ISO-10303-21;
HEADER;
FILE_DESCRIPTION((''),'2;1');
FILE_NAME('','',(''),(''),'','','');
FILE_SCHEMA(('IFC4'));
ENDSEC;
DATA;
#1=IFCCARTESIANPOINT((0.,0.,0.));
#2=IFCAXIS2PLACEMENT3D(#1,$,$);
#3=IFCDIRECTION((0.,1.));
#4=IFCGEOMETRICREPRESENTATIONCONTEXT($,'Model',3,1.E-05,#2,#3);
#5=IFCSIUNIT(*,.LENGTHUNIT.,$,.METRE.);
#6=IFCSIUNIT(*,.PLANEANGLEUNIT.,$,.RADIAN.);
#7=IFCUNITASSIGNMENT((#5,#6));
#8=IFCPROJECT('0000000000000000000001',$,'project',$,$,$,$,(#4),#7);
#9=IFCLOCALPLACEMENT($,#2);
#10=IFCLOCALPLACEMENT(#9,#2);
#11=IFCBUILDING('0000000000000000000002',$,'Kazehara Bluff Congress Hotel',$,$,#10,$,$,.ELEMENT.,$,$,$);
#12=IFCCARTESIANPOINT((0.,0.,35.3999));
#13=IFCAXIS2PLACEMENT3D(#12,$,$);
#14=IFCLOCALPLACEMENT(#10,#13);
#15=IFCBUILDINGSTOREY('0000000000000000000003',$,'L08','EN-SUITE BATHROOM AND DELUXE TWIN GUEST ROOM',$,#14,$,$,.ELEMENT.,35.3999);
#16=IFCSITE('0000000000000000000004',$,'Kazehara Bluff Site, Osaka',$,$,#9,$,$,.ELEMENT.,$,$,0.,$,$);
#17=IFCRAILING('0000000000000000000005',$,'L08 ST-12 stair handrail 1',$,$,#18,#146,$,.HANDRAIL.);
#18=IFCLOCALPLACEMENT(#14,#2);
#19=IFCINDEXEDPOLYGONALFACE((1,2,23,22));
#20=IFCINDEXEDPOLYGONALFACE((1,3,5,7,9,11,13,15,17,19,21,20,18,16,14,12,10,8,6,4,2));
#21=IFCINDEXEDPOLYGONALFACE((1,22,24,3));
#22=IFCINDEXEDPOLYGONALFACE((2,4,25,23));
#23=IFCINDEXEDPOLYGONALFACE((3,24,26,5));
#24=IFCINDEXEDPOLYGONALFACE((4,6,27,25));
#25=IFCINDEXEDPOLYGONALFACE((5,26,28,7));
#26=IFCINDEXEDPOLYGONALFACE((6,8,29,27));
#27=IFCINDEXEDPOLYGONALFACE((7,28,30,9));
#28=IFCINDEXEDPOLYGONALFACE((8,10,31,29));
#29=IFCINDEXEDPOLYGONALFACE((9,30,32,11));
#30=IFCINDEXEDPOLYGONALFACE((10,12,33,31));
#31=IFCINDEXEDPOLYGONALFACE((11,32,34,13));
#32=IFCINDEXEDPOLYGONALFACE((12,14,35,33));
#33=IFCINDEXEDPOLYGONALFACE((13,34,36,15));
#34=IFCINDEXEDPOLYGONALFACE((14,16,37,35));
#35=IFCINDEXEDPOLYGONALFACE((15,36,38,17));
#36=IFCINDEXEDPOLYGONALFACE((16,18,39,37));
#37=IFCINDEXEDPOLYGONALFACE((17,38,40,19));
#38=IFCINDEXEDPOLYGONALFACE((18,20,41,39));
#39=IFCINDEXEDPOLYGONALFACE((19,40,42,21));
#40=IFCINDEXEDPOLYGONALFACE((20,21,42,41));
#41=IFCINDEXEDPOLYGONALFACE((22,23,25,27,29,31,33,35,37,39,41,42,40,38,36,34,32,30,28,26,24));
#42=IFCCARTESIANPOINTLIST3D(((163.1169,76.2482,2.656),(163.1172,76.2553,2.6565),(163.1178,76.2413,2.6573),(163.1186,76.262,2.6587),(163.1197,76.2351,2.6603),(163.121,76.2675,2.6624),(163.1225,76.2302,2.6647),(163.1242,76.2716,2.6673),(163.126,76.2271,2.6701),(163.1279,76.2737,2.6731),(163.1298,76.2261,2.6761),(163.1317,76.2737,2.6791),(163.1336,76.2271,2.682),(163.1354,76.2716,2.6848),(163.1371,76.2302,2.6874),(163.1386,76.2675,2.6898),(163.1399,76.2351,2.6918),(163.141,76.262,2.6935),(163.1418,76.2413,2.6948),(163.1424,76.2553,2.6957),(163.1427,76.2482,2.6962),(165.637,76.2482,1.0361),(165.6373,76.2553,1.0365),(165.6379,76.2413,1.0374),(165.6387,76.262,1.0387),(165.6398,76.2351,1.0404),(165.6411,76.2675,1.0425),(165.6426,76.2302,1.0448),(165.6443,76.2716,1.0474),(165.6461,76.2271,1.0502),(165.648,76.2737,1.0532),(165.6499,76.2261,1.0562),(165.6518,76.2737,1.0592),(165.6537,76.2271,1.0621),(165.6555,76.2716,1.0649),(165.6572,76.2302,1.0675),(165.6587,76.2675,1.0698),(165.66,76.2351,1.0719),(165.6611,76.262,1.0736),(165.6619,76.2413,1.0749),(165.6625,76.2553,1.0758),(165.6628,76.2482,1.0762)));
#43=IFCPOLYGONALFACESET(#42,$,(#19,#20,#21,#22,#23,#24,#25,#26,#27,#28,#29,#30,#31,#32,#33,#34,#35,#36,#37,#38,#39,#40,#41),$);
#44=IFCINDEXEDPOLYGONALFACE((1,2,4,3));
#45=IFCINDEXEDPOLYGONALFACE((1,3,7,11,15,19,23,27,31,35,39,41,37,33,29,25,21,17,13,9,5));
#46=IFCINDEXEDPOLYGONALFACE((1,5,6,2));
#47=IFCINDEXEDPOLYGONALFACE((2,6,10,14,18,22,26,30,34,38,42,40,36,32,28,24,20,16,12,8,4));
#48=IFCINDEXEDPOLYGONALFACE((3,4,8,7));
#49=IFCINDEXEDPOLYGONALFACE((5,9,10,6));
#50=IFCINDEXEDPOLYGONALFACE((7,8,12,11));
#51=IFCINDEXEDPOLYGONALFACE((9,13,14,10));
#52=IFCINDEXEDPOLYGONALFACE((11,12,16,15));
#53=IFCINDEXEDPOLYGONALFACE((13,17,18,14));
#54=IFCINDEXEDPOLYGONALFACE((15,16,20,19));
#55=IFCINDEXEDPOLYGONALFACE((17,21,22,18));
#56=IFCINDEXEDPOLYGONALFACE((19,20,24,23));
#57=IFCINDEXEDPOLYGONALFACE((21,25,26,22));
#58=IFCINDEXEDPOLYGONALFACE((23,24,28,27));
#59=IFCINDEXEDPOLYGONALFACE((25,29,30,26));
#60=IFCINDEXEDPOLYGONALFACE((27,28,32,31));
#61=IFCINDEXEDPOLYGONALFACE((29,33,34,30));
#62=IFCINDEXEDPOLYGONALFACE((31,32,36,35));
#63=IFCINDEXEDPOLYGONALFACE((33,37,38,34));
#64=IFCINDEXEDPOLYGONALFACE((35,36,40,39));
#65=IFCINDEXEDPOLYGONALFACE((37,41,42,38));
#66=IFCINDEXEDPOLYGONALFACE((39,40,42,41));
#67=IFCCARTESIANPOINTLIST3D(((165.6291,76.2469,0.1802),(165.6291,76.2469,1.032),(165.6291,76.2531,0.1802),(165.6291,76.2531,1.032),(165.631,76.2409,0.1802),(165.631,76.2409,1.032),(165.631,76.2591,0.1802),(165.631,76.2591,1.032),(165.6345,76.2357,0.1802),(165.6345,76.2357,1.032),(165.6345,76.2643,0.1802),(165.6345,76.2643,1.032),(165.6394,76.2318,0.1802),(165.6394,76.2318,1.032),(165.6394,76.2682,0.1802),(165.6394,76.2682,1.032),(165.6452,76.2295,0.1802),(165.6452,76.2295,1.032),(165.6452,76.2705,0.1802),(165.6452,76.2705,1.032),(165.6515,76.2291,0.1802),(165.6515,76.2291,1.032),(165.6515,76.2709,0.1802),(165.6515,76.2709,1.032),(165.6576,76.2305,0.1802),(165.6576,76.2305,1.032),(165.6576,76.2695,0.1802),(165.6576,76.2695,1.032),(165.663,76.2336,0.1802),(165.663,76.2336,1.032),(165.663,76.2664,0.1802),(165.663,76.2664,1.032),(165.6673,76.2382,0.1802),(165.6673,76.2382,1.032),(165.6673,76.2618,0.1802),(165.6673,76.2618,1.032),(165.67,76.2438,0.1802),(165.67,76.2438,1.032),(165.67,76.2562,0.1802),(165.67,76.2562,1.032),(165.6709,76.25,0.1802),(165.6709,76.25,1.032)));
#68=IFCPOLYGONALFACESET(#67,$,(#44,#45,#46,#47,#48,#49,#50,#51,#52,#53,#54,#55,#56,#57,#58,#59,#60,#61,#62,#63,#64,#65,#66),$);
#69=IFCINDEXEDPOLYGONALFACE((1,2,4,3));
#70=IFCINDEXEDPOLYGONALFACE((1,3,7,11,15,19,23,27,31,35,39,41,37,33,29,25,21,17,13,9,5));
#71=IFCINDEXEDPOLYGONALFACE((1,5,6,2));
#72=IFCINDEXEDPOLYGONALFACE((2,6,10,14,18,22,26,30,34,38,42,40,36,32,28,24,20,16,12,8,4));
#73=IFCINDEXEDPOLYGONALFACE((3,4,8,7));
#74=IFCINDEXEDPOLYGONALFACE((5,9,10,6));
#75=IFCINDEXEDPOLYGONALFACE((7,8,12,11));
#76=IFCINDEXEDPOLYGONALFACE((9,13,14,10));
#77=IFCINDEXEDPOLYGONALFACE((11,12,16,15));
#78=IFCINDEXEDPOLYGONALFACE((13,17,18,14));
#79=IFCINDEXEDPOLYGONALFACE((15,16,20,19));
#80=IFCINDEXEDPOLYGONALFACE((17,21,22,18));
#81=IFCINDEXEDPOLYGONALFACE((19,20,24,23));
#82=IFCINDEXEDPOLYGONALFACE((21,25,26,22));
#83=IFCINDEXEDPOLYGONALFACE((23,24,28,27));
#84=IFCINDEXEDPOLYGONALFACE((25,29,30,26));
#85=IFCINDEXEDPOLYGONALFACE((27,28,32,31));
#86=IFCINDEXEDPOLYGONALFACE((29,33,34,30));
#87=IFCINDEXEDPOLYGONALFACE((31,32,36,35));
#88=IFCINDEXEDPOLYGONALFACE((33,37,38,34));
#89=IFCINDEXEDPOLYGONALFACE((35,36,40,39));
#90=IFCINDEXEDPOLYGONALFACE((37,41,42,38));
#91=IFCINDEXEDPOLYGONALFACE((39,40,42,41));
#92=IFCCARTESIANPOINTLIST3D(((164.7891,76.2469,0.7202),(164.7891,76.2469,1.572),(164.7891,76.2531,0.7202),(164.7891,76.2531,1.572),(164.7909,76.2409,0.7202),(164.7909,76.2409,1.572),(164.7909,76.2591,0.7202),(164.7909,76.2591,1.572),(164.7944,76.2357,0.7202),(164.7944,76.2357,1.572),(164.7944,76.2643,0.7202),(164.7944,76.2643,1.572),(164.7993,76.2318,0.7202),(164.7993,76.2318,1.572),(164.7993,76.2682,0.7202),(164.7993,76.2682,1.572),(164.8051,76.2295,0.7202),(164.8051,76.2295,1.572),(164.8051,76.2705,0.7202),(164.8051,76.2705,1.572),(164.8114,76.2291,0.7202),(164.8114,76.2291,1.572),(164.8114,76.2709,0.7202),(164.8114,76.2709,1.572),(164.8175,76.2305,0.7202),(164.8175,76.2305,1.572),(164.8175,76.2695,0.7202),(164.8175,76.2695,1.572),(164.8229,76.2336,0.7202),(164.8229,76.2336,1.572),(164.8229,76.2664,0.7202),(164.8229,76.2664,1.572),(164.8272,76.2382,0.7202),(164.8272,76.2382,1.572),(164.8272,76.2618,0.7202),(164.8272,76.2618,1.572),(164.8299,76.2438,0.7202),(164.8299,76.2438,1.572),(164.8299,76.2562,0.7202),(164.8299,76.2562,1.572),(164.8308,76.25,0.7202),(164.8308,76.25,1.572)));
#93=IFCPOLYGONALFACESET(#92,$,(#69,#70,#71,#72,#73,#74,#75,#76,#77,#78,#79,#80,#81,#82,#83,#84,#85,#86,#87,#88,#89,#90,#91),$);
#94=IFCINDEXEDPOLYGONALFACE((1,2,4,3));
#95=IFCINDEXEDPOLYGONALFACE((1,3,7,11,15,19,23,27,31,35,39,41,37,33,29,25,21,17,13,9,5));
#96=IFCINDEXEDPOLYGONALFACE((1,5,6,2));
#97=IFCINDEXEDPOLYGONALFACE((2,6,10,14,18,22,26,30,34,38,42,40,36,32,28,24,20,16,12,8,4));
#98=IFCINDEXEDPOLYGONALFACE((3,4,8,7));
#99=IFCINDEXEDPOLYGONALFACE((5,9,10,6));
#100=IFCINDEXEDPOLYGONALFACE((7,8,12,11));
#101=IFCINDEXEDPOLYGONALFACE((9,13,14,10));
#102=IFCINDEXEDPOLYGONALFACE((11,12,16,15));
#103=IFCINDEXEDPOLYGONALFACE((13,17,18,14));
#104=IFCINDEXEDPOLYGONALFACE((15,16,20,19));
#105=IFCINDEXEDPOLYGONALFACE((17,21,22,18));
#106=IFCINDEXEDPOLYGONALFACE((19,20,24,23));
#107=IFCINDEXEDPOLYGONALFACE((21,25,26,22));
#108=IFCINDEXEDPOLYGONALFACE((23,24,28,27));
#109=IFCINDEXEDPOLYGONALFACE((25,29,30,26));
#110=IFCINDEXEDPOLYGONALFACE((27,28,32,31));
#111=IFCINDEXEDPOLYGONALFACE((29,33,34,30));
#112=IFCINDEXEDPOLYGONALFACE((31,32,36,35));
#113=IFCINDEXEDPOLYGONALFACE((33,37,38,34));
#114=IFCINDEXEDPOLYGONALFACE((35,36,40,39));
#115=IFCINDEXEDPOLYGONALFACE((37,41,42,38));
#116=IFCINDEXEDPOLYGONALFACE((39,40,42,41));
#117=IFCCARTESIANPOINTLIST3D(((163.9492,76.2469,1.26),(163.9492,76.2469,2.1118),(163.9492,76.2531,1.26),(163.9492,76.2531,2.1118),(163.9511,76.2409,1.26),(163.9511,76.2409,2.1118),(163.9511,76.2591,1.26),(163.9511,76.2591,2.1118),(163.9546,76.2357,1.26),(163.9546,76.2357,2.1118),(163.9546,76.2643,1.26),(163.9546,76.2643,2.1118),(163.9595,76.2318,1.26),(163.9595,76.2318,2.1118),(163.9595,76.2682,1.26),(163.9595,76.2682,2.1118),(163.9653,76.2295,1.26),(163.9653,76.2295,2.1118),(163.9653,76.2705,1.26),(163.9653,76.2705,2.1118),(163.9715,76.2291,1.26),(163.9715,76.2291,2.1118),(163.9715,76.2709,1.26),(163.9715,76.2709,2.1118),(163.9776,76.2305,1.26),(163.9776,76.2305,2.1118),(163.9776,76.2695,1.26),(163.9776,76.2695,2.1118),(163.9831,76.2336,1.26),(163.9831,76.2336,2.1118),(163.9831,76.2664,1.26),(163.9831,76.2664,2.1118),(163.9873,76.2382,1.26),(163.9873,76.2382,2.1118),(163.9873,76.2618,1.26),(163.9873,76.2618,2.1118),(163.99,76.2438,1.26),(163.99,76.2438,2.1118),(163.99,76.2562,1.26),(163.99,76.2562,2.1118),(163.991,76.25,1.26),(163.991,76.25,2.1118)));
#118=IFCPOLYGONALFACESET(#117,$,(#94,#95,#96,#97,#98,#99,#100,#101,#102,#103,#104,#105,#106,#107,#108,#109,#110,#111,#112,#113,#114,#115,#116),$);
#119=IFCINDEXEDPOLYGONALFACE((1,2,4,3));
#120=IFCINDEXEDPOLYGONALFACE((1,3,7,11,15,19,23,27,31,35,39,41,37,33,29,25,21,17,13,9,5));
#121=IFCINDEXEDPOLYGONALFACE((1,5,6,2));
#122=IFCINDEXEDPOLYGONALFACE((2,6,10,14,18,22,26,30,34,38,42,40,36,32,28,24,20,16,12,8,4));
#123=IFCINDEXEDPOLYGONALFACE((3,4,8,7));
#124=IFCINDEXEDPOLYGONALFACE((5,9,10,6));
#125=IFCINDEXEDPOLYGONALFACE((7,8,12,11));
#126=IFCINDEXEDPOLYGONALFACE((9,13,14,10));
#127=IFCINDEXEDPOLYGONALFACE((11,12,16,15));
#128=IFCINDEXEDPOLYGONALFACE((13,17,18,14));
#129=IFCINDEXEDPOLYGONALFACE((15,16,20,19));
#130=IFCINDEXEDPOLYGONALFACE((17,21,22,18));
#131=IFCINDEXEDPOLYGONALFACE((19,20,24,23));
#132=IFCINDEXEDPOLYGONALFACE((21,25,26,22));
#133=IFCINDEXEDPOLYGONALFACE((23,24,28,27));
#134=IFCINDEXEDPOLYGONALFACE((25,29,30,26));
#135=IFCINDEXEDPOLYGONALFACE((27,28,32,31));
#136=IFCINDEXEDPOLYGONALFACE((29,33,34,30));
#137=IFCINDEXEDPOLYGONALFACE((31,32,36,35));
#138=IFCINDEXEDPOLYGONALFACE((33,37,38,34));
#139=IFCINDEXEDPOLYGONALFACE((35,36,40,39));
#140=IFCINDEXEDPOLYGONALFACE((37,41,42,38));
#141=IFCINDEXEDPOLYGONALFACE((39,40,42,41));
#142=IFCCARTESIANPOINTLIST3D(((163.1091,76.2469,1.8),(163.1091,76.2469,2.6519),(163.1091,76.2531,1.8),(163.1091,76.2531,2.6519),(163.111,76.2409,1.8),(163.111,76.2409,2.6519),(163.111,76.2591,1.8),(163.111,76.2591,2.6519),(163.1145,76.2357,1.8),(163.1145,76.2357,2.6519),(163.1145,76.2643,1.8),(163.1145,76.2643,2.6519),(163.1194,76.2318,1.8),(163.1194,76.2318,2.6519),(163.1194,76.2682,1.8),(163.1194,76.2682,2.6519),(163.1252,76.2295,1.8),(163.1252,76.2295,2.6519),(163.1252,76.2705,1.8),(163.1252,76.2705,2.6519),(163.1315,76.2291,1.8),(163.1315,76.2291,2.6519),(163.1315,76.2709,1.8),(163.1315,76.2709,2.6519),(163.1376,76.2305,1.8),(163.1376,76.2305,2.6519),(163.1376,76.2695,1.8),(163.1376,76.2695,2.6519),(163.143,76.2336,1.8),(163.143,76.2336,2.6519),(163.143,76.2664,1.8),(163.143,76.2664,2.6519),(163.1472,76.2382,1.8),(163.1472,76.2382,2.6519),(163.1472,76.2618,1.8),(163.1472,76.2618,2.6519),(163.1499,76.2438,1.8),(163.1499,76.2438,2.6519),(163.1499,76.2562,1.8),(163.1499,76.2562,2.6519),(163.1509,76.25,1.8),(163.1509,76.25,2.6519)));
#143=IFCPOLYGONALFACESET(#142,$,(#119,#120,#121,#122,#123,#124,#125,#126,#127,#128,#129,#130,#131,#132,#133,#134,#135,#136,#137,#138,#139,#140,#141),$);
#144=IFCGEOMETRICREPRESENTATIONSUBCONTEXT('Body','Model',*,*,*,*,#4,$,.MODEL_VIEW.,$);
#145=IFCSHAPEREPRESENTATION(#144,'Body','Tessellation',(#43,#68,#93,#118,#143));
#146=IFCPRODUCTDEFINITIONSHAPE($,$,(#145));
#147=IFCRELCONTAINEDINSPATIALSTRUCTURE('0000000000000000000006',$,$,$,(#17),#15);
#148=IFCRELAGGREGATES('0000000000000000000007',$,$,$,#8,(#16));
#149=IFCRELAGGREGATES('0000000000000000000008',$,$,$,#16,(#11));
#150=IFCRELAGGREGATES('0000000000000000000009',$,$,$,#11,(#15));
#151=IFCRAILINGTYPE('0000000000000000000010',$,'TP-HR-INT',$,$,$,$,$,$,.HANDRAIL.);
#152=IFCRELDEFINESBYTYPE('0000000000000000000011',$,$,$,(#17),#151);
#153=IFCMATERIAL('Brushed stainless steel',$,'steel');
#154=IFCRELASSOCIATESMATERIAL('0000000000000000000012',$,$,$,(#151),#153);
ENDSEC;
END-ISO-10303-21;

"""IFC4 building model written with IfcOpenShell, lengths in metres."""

from ifc_helpers import new_model, si_unit, direction, frame, origin, origin_2d, place, context, subcontext, project, spatial, circle, extrude, material, type_object, element, save


model = new_model("IFC4")

# Units and contexts
model_context = context("Model", 3, precision=1e-05, world=origin(), true_north=direction((0.0, 1.0)))
body_context = subcontext(model_context, "Body", "Model", "MODEL_VIEW")
ifc_project = project(units=[si_unit("LENGTHUNIT", "METRE"), si_unit("PLANEANGLEUNIT", "RADIAN")], contexts=[model_context])

# Site, building, storey
site_placement = place(None, origin())
site = spatial("IfcSite", under=ifc_project, at=site_placement, Name="Kazehara Bluff Site, Osaka", CompositionType="ELEMENT", RefElevation=0.0)
building_placement = place(site_placement, origin())
building = spatial("IfcBuilding", under=site, at=building_placement, Name="Kazehara Bluff Congress Hotel", CompositionType="ELEMENT")
storey_placement = place(building_placement, frame((0.0, 0.0, 35.3999)))
storey = spatial("IfcBuildingStorey", under=building, at=storey_placement, Name="L08", Description="EN-SUITE BATHROOM AND DELUXE TWIN GUEST ROOM", CompositionType="ELEMENT", Elevation=35.3999)

# Railing
ifc_material_1 = material(Name="Brushed stainless steel", Category="steel")
railing_type_1 = type_object("IfcRailingType", Name="TP-HR-INT", PredefinedType="HANDRAIL", material=ifc_material_1)
railing_1_placement = place(storey_placement, frame((165.6499, 76.25, 0.1802)))
element("IfcRailing", 1, at=railing_1_placement, inside=storey, type_object=railing_type_1, Name="L08 ST-12 stair handrail 1", PredefinedType="HANDRAIL", context=body_context, shape_type="SweptSolid", body=[
    extrude(circle(Radius=0.0239, at=origin_2d()), frame((0.0, 0.0, 0.876), z_axis=(-0.8412, 0.0, 0.540725), x_axis=(0.0, -1.0, 0.0)), (0.0, 0.0, 1.0), 2.9958),
    extrude(circle(Radius=0.021, at=origin_2d()), origin(), (0.0, 0.0, 1.0), 0.8518),
    extrude(circle(Radius=0.021, at=origin_2d()), frame((-0.8401, 0.0, 0.54)), (0.0, 0.0, 1.0), 0.8518),
    extrude(circle(Radius=0.021, at=origin_2d()), frame((-1.6799, 0.0, 1.0798)), (0.0, 0.0, 1.0), 0.8518),
    extrude(circle(Radius=0.021, at=origin_2d()), frame((-2.52, 0.0, 1.6199)), (0.0, 0.0, 1.0), 0.8518),
])

save(model, "model.ifc")
